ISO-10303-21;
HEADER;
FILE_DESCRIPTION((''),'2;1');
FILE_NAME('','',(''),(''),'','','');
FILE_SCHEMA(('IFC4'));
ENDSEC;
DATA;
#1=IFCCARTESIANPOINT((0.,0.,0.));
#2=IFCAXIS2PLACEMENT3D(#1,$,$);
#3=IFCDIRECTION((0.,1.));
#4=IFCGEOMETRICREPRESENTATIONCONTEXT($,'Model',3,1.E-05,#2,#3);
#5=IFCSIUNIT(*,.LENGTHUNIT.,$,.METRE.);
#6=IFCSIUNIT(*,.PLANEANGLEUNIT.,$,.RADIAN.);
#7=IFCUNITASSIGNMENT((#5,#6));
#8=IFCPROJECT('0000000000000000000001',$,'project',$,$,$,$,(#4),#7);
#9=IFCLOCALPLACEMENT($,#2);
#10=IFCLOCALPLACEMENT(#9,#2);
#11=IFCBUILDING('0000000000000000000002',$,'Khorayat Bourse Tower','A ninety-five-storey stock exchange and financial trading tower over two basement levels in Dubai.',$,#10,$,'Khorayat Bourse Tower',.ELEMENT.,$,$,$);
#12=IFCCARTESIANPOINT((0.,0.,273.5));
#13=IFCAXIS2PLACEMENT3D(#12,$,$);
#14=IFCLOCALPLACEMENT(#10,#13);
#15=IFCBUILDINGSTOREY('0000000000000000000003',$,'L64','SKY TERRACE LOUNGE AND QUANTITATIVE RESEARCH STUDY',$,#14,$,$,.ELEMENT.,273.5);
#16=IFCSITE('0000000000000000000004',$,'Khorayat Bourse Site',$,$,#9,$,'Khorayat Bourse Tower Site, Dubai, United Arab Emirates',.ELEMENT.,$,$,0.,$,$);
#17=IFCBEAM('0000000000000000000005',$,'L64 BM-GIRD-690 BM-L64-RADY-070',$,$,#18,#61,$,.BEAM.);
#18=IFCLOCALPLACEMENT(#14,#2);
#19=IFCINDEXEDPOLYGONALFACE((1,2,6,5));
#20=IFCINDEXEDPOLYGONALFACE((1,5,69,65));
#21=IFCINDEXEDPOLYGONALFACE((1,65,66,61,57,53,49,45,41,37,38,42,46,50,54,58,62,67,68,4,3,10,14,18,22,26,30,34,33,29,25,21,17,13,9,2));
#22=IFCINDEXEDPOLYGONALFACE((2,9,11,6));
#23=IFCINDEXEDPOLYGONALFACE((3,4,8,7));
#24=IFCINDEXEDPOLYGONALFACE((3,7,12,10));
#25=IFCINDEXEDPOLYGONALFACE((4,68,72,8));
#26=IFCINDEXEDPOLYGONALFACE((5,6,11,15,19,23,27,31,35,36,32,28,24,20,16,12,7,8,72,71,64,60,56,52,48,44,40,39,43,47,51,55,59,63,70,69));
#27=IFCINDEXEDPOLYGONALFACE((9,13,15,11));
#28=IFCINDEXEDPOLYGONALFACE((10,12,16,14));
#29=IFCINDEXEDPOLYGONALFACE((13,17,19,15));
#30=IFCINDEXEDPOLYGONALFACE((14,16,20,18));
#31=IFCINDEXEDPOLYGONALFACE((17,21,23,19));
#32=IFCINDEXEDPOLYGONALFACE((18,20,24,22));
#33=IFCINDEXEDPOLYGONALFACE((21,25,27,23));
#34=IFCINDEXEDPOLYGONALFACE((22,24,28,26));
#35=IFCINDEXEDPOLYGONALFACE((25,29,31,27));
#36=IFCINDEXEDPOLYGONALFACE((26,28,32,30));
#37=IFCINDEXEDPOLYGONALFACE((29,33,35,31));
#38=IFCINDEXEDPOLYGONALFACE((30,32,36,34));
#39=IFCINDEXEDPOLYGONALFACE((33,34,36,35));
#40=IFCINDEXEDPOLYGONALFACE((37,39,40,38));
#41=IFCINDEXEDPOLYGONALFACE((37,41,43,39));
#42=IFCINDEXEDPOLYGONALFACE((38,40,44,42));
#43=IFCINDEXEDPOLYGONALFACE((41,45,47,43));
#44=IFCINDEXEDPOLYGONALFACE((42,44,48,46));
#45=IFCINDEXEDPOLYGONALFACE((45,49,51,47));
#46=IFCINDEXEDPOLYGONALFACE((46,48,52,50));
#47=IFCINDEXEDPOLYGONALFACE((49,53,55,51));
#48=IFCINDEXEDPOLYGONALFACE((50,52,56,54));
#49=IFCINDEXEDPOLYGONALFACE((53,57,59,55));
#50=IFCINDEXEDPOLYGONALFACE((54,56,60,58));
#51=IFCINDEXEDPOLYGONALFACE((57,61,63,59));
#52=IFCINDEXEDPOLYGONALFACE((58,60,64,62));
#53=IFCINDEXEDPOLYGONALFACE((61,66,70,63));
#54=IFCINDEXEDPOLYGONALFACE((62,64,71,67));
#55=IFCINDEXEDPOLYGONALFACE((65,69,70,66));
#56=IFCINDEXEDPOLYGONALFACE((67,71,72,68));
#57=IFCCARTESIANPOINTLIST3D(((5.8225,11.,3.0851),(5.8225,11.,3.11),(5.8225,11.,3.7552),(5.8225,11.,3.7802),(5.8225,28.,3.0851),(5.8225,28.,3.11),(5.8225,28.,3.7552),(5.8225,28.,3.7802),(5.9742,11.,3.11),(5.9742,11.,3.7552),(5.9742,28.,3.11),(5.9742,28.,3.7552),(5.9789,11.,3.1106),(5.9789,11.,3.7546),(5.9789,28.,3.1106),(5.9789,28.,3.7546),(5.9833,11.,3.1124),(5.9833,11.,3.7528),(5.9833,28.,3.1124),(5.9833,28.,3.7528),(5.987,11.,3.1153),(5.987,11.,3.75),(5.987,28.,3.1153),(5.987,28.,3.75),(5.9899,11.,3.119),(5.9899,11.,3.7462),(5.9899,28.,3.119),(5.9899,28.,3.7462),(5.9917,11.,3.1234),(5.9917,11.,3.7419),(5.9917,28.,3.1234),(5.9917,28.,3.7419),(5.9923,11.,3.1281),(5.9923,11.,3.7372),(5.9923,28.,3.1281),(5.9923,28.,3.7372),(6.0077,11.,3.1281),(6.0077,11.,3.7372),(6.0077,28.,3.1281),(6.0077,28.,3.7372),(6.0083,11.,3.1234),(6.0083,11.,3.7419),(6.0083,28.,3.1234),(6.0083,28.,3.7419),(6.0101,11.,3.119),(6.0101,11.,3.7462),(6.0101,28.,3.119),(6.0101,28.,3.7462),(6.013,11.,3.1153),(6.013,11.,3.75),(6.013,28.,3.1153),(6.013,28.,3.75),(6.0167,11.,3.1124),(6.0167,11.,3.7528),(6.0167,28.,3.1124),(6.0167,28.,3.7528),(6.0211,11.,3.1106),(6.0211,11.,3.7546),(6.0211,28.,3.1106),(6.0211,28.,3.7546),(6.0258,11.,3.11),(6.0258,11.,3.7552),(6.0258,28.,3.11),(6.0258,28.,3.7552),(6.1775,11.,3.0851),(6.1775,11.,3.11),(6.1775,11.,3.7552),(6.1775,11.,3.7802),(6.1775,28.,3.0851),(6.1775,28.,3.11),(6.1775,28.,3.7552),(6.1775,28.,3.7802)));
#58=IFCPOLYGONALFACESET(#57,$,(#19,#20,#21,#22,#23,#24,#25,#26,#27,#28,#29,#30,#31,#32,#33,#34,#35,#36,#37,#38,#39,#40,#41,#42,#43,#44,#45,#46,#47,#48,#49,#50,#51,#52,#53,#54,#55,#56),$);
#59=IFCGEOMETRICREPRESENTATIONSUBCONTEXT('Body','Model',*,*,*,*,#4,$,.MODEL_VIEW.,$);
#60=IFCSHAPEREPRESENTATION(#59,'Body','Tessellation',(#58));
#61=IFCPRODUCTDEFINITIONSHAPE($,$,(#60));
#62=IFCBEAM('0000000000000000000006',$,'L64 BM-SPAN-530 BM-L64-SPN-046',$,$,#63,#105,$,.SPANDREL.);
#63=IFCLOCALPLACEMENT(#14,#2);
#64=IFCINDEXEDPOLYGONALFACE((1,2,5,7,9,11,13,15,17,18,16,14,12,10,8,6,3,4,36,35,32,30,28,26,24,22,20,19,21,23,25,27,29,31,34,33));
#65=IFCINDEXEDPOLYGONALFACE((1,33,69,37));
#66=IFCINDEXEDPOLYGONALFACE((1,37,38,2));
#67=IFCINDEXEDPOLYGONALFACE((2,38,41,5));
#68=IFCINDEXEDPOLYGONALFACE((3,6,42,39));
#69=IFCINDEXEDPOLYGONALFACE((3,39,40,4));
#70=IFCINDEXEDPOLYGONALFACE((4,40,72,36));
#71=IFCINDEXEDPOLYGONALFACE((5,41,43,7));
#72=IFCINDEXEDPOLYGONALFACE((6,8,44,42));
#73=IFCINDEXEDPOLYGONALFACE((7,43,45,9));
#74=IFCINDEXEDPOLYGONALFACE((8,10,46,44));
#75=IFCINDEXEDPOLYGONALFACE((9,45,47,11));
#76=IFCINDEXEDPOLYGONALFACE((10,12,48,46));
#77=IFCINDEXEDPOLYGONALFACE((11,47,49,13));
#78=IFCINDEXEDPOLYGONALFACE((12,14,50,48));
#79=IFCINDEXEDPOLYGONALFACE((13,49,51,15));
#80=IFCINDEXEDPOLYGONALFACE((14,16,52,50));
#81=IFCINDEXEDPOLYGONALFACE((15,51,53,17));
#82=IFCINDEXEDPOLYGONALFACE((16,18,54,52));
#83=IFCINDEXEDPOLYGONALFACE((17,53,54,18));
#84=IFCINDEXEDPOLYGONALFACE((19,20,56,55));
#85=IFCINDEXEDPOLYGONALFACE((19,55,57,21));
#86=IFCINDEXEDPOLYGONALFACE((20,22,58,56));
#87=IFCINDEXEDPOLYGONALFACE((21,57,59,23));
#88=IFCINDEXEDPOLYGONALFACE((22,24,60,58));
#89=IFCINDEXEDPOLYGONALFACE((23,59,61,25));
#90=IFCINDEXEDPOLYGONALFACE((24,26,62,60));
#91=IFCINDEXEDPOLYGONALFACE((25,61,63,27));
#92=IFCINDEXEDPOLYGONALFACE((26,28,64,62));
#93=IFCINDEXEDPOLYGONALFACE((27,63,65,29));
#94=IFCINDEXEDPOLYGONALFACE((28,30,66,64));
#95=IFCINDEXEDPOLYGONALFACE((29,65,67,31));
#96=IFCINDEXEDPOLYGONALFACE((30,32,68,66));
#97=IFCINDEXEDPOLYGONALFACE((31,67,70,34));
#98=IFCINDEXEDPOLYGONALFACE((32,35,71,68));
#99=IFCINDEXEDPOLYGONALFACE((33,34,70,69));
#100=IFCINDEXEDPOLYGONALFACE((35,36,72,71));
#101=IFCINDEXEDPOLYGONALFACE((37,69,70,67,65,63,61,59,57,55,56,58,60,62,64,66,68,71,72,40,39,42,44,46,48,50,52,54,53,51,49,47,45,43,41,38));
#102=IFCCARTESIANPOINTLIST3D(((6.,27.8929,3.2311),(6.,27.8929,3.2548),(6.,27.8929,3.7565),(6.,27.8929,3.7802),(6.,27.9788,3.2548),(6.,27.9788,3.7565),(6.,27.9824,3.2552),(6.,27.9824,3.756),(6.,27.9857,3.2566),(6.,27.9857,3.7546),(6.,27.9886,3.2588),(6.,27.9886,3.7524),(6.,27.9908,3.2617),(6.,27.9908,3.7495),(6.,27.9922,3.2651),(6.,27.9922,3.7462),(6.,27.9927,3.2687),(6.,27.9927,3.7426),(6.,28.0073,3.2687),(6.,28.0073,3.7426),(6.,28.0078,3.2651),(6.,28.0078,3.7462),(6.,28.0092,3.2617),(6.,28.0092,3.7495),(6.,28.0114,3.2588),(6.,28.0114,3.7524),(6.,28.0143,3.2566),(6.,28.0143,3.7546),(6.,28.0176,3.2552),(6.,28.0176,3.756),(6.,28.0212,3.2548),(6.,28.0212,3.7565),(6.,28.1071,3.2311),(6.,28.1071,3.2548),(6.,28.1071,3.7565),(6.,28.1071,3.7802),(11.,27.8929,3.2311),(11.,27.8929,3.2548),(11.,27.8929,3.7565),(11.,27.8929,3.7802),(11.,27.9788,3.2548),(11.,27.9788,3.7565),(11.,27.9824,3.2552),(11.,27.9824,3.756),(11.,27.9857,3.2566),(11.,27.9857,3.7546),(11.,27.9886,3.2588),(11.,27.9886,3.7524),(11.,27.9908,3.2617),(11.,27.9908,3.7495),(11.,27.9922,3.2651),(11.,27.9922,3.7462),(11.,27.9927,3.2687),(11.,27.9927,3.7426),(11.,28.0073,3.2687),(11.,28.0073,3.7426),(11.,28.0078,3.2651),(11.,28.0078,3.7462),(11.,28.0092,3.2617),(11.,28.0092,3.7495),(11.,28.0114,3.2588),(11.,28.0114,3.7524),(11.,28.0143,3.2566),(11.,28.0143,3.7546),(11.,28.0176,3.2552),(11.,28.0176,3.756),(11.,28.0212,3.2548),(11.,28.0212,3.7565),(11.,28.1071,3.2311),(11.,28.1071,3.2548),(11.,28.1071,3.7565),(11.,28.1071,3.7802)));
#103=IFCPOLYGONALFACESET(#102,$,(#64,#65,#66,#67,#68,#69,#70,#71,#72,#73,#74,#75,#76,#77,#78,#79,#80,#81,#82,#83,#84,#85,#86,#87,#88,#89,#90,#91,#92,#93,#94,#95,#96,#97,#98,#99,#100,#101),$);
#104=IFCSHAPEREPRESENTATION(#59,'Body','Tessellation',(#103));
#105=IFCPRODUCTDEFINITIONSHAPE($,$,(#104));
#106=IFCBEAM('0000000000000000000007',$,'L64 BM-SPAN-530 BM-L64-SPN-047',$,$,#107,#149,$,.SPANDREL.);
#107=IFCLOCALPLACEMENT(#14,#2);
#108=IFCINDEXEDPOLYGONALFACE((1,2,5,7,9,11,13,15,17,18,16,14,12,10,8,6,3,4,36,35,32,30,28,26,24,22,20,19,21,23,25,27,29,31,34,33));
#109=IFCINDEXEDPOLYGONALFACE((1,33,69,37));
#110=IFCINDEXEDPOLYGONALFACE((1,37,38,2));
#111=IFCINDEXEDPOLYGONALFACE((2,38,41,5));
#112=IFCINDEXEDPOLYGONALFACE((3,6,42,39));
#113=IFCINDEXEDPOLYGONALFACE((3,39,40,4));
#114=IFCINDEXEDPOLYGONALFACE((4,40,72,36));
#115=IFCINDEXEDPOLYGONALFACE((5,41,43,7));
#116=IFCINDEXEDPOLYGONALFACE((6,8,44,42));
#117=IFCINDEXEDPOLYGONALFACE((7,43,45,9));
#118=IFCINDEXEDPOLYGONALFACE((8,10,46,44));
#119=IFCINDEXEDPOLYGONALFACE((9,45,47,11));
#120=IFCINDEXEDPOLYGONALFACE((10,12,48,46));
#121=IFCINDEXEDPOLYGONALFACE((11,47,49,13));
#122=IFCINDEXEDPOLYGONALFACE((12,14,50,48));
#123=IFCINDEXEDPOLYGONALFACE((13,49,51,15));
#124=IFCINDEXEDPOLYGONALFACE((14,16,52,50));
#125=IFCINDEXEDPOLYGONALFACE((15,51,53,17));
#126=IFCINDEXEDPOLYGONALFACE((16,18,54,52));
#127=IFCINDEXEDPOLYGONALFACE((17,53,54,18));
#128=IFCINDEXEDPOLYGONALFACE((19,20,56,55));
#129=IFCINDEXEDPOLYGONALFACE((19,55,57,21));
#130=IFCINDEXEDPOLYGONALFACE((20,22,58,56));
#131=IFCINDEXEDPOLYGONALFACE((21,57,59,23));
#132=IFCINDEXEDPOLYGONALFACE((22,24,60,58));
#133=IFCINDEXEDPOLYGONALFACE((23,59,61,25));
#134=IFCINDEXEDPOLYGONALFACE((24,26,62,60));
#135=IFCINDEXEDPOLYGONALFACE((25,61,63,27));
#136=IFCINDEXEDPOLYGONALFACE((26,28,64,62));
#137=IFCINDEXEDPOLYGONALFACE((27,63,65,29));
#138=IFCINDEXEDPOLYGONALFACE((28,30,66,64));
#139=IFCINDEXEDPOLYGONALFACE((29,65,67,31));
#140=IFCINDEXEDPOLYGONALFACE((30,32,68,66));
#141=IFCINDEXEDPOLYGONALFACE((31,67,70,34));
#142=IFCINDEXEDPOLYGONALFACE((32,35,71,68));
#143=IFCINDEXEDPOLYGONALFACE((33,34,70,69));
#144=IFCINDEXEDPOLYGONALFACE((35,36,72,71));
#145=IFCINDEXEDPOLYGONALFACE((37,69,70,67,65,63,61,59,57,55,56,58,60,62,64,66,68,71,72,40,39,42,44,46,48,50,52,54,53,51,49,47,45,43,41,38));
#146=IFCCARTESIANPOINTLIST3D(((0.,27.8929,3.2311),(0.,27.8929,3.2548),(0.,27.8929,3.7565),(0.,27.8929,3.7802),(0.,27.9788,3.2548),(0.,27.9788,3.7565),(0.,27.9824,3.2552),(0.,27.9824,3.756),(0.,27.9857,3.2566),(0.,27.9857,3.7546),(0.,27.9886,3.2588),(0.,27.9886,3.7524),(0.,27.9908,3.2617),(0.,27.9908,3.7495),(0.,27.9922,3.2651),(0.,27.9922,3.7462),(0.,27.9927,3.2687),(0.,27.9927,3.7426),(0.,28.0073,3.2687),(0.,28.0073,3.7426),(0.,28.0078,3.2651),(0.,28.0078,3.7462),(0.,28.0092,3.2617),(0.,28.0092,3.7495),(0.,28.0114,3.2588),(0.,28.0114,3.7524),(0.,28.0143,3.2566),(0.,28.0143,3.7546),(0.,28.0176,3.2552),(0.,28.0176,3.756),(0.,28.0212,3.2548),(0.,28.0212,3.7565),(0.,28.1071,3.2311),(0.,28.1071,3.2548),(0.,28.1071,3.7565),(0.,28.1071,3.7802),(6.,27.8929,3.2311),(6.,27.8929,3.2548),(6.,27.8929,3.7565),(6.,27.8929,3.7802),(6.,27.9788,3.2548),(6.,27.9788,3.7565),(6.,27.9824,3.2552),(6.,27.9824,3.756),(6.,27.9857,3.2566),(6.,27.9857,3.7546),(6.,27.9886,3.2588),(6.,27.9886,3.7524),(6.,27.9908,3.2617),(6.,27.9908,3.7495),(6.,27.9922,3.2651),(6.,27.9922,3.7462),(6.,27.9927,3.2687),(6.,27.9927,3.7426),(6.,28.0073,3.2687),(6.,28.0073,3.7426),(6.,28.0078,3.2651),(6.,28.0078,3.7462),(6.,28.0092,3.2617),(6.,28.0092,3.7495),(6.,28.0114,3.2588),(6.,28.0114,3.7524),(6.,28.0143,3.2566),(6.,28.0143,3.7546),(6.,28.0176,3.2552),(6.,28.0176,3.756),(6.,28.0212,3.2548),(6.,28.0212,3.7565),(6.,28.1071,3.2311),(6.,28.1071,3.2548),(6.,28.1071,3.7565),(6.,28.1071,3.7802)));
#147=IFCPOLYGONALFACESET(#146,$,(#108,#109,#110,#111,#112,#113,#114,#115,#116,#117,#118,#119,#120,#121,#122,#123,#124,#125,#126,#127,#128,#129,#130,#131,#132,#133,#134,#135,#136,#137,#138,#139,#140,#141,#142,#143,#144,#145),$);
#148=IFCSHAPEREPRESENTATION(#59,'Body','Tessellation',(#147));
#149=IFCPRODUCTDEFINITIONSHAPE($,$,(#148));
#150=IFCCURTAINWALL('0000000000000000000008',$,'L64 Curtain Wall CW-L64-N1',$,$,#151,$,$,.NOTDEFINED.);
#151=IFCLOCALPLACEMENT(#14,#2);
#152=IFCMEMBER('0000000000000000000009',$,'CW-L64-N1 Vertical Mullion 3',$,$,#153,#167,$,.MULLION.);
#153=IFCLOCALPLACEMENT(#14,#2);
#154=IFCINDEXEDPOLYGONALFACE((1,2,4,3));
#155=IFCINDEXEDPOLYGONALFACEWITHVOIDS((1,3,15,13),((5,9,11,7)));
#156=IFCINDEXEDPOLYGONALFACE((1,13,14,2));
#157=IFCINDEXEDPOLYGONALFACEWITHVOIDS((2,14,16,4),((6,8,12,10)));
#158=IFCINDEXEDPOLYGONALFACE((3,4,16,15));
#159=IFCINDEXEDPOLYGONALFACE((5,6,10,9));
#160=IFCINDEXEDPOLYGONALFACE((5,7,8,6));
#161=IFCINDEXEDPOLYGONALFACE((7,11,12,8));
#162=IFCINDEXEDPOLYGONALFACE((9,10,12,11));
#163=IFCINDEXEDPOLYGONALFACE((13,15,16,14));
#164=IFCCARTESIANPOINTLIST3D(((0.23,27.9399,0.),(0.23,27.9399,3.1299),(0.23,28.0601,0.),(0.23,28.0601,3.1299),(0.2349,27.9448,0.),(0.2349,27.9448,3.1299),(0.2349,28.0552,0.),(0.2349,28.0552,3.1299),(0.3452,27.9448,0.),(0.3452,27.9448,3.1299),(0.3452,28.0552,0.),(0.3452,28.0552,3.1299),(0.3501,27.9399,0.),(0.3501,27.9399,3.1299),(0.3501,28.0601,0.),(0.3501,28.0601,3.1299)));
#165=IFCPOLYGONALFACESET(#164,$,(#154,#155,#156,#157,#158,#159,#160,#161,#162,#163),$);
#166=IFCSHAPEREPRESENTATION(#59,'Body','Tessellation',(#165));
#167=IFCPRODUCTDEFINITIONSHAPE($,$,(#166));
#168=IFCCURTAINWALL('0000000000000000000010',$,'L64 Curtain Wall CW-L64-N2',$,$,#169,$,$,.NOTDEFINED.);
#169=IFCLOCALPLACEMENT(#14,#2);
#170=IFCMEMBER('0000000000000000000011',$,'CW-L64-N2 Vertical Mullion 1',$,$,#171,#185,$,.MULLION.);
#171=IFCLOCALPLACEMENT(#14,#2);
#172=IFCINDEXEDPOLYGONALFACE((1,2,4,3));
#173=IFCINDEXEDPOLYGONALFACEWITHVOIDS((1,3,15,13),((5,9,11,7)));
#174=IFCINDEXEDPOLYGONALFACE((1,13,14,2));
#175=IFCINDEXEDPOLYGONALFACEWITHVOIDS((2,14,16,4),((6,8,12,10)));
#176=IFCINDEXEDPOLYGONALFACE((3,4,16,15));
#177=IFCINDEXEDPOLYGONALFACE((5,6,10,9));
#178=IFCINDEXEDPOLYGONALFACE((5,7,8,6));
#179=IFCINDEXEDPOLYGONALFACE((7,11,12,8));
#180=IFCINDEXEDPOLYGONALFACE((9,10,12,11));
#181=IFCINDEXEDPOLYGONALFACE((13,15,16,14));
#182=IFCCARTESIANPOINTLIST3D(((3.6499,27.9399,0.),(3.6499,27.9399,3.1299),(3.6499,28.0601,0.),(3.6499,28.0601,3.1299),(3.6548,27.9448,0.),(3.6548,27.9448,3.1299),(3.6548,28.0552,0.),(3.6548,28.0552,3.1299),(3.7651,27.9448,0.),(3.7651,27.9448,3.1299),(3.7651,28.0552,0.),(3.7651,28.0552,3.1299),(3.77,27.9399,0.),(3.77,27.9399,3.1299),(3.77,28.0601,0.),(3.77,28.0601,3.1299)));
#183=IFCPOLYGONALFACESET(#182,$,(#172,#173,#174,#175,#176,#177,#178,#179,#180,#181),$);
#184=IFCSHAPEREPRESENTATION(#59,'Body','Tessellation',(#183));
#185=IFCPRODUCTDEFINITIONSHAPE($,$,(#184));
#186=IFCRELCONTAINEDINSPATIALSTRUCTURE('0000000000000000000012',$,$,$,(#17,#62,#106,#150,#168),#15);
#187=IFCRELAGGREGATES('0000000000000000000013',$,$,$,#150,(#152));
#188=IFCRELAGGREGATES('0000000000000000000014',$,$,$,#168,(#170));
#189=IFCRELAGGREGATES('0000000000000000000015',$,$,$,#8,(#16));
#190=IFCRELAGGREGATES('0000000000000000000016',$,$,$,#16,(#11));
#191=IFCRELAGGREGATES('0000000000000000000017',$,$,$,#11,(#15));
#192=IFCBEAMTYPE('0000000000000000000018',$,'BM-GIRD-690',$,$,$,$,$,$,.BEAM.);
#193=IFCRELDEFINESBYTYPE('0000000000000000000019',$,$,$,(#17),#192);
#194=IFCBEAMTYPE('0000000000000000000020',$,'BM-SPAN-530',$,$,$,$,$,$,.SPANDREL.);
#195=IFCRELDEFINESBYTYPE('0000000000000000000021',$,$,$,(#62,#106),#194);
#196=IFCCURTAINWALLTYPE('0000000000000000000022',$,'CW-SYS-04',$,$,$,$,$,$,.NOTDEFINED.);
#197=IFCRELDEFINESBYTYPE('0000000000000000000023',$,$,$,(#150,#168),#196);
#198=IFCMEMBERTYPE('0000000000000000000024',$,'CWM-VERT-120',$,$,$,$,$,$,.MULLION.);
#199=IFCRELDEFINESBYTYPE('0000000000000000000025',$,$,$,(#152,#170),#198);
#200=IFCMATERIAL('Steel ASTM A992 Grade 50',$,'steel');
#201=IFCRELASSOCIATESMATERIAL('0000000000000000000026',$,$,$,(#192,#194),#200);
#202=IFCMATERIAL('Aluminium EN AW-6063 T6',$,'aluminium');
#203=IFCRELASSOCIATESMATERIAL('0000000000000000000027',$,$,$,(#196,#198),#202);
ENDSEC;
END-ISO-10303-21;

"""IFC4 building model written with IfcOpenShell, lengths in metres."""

from ifc_helpers import new_model, si_unit, direction, frame, origin, origin_2d, place, context, subcontext, project, spatial, hollow_rectangle, i_section, extrude, source, transform, mapped, material, material_profile, profile_set, type_object, element, aggregate, save


model = new_model("IFC4")

# Units and contexts
model_context = context("Model", 3, precision=1e-05, world=origin(), true_north=direction((0.0, 1.0)))
body_context = subcontext(model_context, "Body", "Model", "MODEL_VIEW")
ifc_project = project(units=[si_unit("LENGTHUNIT", "METRE"), si_unit("PLANEANGLEUNIT", "RADIAN")], contexts=[model_context])

# Site, building, storey
site_placement = place(None, origin())
site = spatial("IfcSite", under=ifc_project, at=site_placement, Name="Khorayat Bourse Site", LongName="Khorayat Bourse Tower Site, Dubai, United Arab Emirates", CompositionType="ELEMENT", RefElevation=0.0)
building_placement = place(site_placement, origin())
building = spatial("IfcBuilding", under=site, at=building_placement, Name="Khorayat Bourse Tower", Description="A ninety-five-storey stock exchange and financial trading tower over two basement levels in Dubai.", LongName="Khorayat Bourse Tower", CompositionType="ELEMENT")
storey_placement = place(building_placement, frame((0.0, 0.0, 273.5)))
storey = spatial("IfcBuildingStorey", under=building, at=storey_placement, Name="L64", Description="SKY TERRACE LOUNGE AND QUANTITATIVE RESEARCH STUDY", CompositionType="ELEMENT", Elevation=273.5)

# Beams
ifc_material_1 = material(Name="Steel ASTM A992 Grade 50", Category="steel")
ifc_material_profile_1 = material_profile(ifc_material_1, i_section(OverallWidth=0.355, OverallDepth=0.6951, WebThickness=0.0154, FlangeThickness=0.0249, FilletRadius=0.0181, at=origin_2d()), Name="W690X217")
ifc_profile_set_1 = profile_set([ifc_material_profile_1], Name="Steel ASTM A992 Grade 50")
beam_type_1 = type_object("IfcBeamType", Name="BM-GIRD-690", PredefinedType="BEAM", material=ifc_profile_set_1)
shared_shape_1 = source(origin(), body_context, "Body", "SweptSolid", [
    extrude(i_section(OverallWidth=0.355, OverallDepth=0.6951, WebThickness=0.0154, FlangeThickness=0.0249, FilletRadius=0.0181, at=origin_2d()), origin(), (0.0, 0.0, 1.0), 17.0),
])
for number, where, z_axis, x_axis, name in (
    (1, (6.0, 11.0, 3.4326), (0.0, 1.0, 0.0), (-1.0, 0.0, 0.0), "L64 BM-GIRD-690 BM-L64-RADY-070"),
):
    element("IfcBeam", number, at=place(storey_placement, frame(where, z_axis=z_axis, x_axis=x_axis)), inside=storey, type_object=beam_type_1, Name=name, PredefinedType="BEAM", context=body_context, shape_type="MappedRepresentation", body=[
        mapped(shared_shape_1, transform((0.0, 0.0, 0.0), scale=1.0)),
    ])
ifc_material_profile_2 = material_profile(ifc_material_1, i_section(OverallWidth=0.2141, OverallDepth=0.5491, WebThickness=0.0146, FlangeThickness=0.0237, FilletRadius=0.0139, at=origin_2d()), Name="W530X138")
ifc_profile_set_2 = profile_set([ifc_material_profile_2], Name="Steel ASTM A992 Grade 50")
beam_type_2 = type_object("IfcBeamType", Name="BM-SPAN-530", PredefinedType="SPANDREL", material=ifc_profile_set_2)
shared_shape_2 = source(origin(), body_context, "Body", "SweptSolid", [
    extrude(i_section(OverallWidth=0.2141, OverallDepth=0.5491, WebThickness=0.0146, FlangeThickness=0.0237, FilletRadius=0.0139, at=origin_2d()), origin(), (0.0, 0.0, 1.0), 5.0),
])
beam_1_placement = place(storey_placement, frame((6.0, 28.0, 3.5056), z_axis=(1.0, 0.0, 0.0), x_axis=(0.0, 1.0, 0.0)))
element("IfcBeam", 2, at=beam_1_placement, inside=storey, type_object=beam_type_2, Name="L64 BM-SPAN-530 BM-L64-SPN-046", PredefinedType="SPANDREL", context=body_context, shape_type="MappedRepresentation", body=[
    mapped(shared_shape_2, transform((0.0, 0.0, 0.0), scale=1.0)),
])
shared_shape_3 = source(origin(), body_context, "Body", "SweptSolid", [
    extrude(i_section(OverallWidth=0.2141, OverallDepth=0.5491, WebThickness=0.0146, FlangeThickness=0.0237, FilletRadius=0.0139, at=origin_2d()), origin(), (0.0, 0.0, 1.0), 6.0),
])
beam_2_placement = place(storey_placement, frame((0.0, 28.0, 3.5056), z_axis=(1.0, 0.0, 0.0), x_axis=(0.0, 1.0, 0.0)))
element("IfcBeam", 3, at=beam_2_placement, inside=storey, type_object=beam_type_2, Name="L64 BM-SPAN-530 BM-L64-SPN-047", PredefinedType="SPANDREL", context=body_context, shape_type="MappedRepresentation", body=[
    mapped(shared_shape_3, transform((0.0, 0.0, 0.0), scale=1.0)),
])

# Curtain wall, member
ifc_material_2 = material(Name="Aluminium EN AW-6063 T6", Category="aluminium")
curtain_wall_type = type_object("IfcCurtainWallType", Name="CW-SYS-04", PredefinedType="NOTDEFINED", material=ifc_material_2)
curtain_wall_1_placement = place(storey_placement, origin())
curtain_wall_1 = element("IfcCurtainWall", 4, at=curtain_wall_1_placement, inside=storey, type_object=curtain_wall_type, Name="L64 Curtain Wall CW-L64-N1", PredefinedType="NOTDEFINED")
ifc_material_profile_3 = material_profile(ifc_material_2, hollow_rectangle(XDim=0.1201, YDim=0.1201, WallThickness=0.0049, at=origin_2d()), Name="ALU 120x120x5")
ifc_profile_set_3 = profile_set([ifc_material_profile_3], Name="Aluminium EN AW-6063 T6")
member_type_1 = type_object("IfcMemberType", Name="CWM-VERT-120", PredefinedType="MULLION", material=ifc_profile_set_3)
shared_shape_4 = source(origin(), body_context, "Body", "SweptSolid", [
    extrude(hollow_rectangle(XDim=0.1201, YDim=0.1201, WallThickness=0.0049, at=origin_2d()), origin(), (0.0, 0.0, 1.0), 3.1299),
])
member_1_placement = place(storey_placement, frame((0.29, 28.0, 0.0), z_axis=(0.0, 0.0, 1.0), x_axis=(0.0, 1.0, 0.0)))
member_1 = element("IfcMember", 5, at=member_1_placement, type_object=member_type_1, Name="CW-L64-N1 Vertical Mullion 3", PredefinedType="MULLION", context=body_context, shape_type="MappedRepresentation", body=[
    mapped(shared_shape_4, transform((0.0, 0.0, 0.0), scale=1.0)),
])
aggregate(curtain_wall_1, [member_1])

# Curtain wall, member
curtain_wall_2_placement = place(storey_placement, origin())
curtain_wall_2 = element("IfcCurtainWall", 6, at=curtain_wall_2_placement, inside=storey, type_object=curtain_wall_type, Name="L64 Curtain Wall CW-L64-N2", PredefinedType="NOTDEFINED")
member_2_placement = place(storey_placement, frame((3.71, 28.0, 0.0), z_axis=(0.0, 0.0, 1.0), x_axis=(0.0, 1.0, 0.0)))
member_2 = element("IfcMember", 7, at=member_2_placement, type_object=member_type_1, Name="CW-L64-N2 Vertical Mullion 1", PredefinedType="MULLION", context=body_context, shape_type="MappedRepresentation", body=[
    mapped(shared_shape_4, transform((0.0, 0.0, 0.0), scale=1.0)),
])

aggregate(curtain_wall_2, [member_2])

save(model, "model.ifc")
